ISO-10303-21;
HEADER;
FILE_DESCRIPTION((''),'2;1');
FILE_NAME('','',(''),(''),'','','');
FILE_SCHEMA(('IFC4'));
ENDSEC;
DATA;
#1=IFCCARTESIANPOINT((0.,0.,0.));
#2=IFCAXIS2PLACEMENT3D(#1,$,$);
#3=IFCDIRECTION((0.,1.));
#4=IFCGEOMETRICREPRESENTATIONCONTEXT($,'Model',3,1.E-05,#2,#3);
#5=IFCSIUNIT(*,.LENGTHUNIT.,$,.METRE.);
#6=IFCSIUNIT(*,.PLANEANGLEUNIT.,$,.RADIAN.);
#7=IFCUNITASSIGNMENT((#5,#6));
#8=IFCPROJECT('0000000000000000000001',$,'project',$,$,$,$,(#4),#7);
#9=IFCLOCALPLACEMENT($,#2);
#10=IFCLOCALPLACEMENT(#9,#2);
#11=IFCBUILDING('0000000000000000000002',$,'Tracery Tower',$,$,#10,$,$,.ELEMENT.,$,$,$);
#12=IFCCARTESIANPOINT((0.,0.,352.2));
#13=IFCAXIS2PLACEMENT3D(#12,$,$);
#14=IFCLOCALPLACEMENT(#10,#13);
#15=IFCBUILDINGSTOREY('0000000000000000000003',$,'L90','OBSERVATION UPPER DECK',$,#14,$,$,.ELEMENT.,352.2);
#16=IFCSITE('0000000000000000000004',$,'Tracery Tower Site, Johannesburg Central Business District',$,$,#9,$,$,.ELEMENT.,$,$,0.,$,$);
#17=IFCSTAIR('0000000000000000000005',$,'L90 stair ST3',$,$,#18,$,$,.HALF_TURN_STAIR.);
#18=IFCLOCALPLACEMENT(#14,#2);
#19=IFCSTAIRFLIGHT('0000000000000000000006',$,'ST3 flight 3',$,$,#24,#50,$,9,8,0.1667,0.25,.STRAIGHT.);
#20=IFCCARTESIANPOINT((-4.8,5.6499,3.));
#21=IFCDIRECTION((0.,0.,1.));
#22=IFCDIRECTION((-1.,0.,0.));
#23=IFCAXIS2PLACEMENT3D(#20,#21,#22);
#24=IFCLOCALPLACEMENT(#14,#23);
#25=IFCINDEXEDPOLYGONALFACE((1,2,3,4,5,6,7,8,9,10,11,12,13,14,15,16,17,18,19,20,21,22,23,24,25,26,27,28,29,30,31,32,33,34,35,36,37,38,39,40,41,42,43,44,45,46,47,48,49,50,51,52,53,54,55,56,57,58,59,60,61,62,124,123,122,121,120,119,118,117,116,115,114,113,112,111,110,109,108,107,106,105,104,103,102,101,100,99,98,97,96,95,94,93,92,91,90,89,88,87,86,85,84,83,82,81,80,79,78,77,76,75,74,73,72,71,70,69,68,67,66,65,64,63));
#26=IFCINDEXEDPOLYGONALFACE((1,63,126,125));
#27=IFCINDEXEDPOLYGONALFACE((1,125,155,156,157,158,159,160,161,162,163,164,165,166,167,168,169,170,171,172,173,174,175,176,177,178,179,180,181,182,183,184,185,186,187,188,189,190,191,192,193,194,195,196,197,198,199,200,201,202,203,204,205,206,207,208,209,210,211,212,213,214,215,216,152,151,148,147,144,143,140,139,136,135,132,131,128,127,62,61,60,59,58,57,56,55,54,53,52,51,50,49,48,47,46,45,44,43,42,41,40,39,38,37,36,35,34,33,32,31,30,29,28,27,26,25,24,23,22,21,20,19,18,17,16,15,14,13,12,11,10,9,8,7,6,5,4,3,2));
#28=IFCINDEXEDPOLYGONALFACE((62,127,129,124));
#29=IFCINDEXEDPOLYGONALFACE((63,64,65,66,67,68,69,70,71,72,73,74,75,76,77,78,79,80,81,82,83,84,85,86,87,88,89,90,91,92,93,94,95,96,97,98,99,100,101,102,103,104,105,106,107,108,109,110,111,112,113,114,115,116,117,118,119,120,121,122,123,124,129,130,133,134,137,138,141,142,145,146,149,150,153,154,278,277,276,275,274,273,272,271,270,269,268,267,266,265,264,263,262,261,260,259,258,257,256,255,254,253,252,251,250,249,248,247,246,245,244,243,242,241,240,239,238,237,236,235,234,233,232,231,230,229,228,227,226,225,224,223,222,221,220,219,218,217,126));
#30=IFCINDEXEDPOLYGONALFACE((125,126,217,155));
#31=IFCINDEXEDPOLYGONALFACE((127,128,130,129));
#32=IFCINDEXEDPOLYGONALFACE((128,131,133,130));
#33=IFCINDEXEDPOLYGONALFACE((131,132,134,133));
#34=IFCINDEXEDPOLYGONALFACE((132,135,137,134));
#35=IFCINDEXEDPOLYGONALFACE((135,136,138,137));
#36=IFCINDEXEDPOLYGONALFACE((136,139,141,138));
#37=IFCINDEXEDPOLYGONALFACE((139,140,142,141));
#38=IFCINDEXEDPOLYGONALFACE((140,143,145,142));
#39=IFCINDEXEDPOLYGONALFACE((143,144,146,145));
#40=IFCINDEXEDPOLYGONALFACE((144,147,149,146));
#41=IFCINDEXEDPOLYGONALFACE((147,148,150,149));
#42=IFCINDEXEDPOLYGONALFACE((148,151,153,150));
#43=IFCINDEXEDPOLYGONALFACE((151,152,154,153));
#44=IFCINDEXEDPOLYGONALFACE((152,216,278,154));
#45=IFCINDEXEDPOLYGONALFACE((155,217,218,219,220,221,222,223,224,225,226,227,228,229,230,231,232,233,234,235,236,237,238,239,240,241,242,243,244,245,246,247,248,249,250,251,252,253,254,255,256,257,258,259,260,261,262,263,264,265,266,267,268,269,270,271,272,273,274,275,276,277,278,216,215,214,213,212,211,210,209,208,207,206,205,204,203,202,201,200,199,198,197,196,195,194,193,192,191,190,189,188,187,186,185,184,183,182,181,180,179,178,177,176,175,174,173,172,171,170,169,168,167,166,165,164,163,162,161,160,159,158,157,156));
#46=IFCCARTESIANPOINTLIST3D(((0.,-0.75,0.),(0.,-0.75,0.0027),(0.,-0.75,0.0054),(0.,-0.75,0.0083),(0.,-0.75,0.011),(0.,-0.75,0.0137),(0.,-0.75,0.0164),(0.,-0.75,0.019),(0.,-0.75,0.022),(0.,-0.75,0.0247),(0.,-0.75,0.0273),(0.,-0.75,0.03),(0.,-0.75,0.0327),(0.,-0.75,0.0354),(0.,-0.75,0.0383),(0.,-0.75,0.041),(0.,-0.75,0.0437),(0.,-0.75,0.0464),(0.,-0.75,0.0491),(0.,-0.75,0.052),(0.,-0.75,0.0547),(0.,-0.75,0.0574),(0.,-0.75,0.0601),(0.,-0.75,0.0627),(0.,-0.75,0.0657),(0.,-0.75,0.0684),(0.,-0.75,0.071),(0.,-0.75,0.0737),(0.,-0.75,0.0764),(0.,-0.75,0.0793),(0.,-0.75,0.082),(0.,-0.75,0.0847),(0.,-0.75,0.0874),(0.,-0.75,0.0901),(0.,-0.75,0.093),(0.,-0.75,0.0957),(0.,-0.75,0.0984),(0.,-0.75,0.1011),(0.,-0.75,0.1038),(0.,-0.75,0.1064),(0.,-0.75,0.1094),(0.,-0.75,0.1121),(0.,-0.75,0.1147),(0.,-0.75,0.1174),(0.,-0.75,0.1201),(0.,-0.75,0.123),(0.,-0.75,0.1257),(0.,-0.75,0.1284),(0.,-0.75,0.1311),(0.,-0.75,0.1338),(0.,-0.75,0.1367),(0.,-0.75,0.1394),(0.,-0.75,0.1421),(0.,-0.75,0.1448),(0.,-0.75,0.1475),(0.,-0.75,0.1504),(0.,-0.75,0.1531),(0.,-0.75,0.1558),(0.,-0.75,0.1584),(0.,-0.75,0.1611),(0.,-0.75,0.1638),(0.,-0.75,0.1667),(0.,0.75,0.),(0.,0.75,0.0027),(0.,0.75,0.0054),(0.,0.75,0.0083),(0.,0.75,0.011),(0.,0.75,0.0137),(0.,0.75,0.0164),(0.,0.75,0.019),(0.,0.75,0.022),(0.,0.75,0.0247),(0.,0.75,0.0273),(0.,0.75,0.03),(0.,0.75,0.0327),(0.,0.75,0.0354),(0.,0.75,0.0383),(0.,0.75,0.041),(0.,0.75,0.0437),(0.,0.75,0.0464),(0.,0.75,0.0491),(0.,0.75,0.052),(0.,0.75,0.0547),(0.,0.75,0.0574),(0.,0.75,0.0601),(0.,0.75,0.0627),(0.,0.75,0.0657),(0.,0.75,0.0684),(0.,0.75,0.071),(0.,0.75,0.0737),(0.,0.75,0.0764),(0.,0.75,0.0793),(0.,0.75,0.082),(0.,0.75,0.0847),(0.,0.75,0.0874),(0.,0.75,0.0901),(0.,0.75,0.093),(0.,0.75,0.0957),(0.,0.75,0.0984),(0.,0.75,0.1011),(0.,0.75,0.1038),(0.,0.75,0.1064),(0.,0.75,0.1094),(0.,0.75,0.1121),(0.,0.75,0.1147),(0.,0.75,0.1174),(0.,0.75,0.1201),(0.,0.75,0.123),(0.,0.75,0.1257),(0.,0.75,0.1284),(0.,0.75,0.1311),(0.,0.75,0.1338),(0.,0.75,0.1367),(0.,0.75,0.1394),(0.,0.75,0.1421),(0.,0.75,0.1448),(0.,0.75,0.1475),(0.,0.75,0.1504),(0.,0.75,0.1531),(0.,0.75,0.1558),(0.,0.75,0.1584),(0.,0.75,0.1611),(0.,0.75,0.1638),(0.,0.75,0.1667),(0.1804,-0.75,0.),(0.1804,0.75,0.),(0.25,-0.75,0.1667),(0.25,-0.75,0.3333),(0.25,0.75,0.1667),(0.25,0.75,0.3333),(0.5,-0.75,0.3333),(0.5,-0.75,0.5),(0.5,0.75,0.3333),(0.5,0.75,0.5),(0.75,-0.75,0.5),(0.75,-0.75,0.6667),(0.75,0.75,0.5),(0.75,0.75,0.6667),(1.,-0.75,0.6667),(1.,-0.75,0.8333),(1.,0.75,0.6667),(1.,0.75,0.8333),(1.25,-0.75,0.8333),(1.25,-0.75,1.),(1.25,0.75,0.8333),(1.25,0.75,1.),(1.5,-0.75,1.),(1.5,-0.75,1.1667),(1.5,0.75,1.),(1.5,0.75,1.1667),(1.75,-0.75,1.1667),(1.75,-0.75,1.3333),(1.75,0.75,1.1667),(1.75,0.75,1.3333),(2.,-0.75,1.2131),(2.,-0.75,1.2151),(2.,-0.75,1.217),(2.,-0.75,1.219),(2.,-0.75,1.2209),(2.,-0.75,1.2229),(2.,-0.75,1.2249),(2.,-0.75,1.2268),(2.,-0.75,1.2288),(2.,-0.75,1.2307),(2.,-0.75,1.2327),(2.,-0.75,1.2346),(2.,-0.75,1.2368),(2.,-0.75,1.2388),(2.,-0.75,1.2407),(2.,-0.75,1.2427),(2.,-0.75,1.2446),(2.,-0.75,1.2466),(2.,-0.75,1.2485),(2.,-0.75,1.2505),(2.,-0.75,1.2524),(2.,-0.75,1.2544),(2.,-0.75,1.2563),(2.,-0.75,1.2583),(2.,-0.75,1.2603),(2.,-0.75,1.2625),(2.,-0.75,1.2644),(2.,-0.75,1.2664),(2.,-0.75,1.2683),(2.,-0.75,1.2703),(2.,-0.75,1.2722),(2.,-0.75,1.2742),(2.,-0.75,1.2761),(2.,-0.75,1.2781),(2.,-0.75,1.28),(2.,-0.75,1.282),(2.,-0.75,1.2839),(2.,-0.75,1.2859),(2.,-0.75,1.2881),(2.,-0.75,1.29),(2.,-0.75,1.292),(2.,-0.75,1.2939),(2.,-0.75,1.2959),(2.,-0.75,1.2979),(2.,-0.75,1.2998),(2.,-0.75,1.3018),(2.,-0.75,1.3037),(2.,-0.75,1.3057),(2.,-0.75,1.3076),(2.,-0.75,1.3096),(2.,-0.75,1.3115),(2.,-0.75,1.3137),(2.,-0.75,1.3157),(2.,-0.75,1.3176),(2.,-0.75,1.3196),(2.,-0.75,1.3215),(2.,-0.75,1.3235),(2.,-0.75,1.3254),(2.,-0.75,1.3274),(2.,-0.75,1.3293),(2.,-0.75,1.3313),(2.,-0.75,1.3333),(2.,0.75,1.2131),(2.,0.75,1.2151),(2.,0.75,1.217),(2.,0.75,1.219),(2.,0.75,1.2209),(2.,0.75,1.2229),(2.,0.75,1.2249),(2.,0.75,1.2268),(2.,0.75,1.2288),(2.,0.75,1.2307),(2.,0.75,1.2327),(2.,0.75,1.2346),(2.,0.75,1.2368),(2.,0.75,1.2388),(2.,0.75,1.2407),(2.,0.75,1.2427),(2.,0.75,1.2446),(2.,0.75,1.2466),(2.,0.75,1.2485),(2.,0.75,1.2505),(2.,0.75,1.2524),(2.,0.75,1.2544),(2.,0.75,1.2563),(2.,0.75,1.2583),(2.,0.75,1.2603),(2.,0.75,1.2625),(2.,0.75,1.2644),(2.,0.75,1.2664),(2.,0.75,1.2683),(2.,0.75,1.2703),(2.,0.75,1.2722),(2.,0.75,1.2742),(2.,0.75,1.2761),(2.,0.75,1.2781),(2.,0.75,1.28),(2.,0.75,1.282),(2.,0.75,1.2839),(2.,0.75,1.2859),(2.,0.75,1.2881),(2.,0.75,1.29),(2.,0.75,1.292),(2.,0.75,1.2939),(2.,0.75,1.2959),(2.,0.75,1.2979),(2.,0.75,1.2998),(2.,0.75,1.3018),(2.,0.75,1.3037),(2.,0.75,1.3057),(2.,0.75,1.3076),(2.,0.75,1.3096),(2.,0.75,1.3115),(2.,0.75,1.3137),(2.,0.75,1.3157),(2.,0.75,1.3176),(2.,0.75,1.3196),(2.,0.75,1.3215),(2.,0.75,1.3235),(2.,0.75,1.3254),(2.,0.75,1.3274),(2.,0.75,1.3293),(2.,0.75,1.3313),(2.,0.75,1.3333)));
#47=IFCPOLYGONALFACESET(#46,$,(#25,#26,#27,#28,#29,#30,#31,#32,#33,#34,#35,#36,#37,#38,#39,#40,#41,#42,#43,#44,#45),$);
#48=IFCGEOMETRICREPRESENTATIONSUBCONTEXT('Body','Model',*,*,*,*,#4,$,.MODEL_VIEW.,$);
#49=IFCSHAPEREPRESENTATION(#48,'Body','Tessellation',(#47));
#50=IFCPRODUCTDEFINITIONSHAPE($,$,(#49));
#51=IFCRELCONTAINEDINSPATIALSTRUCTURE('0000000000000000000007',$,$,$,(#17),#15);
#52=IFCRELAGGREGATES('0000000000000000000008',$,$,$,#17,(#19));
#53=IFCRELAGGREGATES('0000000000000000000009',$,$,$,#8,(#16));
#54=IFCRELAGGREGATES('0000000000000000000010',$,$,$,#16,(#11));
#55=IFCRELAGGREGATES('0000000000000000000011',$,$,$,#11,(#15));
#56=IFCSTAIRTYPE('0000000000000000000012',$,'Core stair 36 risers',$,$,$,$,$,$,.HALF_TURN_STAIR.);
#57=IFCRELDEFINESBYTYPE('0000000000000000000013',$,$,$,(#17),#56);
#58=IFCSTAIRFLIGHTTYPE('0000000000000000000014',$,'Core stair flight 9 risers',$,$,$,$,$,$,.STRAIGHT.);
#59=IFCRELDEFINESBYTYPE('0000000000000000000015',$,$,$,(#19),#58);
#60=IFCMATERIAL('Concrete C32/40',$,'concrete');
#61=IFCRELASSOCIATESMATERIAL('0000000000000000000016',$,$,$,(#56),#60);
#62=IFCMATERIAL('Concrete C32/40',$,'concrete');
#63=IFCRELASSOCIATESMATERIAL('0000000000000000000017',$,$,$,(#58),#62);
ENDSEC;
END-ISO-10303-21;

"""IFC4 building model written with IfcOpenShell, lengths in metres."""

from ifc_helpers import new_model, si_unit, direction, frame, origin, place, context, subcontext, project, spatial, polyline, outline, extrude, material, type_object, element, aggregate, save


model = new_model("IFC4")

# Units and contexts
model_context = context("Model", 3, precision=1e-05, world=origin(), true_north=direction((0.0, 1.0)))
body_context = subcontext(model_context, "Body", "Model", "MODEL_VIEW")
ifc_project = project(units=[si_unit("LENGTHUNIT", "METRE"), si_unit("PLANEANGLEUNIT", "RADIAN")], contexts=[model_context])

# Site, building, storey
site_placement = place(None, origin())
site = spatial("IfcSite", under=ifc_project, at=site_placement, Name="Tracery Tower Site, Johannesburg Central Business District", CompositionType="ELEMENT", RefElevation=0.0)
building_placement = place(site_placement, origin())
building = spatial("IfcBuilding", under=site, at=building_placement, Name="Tracery Tower", CompositionType="ELEMENT")
storey_placement = place(building_placement, frame((0.0, 0.0, 352.2)))
storey = spatial("IfcBuildingStorey", under=building, at=storey_placement, Name="L90", Description="OBSERVATION UPPER DECK", CompositionType="ELEMENT", Elevation=352.2)

# Shared definitions
ifc_material_1 = material(Name="Concrete C32/40", Category="concrete")
stair_type = type_object("IfcStairType", Name="Core stair 36 risers", PredefinedType="HALF_TURN_STAIR", material=ifc_material_1)

# Stair, stair flight
stair_1_placement = place(storey_placement, origin())
stair_1 = element("IfcStair", 1, at=stair_1_placement, inside=storey, type_object=stair_type, Name="L90 stair ST3", PredefinedType="HALF_TURN_STAIR")
ifc_material_2 = material(Name="Concrete C32/40", Category="concrete")
stair_flight_type = type_object("IfcStairFlightType", Name="Core stair flight 9 risers", PredefinedType="STRAIGHT", material=ifc_material_2)
stair_flight_1_placement = place(storey_placement, frame((-4.8, 5.6499, 3.0), z_axis=(0.0, 0.0, 1.0), x_axis=(-1.0, 0.0, 0.0)))
stair_flight_1 = element("IfcStairFlight", 2, at=stair_flight_1_placement, type_object=stair_flight_type, Name="ST3 flight 3", NumberOfRisers=9, NumberOfTreads=8, PredefinedType="STRAIGHT", RiserHeight=0.1667, TreadLength=0.25, context=body_context, shape_type="SweptSolid", body=[
    extrude(outline(polyline([(0.0, 0.0), (0.0, 0.0027), (0.0, 0.0054), (0.0, 0.0083), (0.0, 0.011), (0.0, 0.0137), (0.0, 0.0164), (0.0, 0.019), (0.0, 0.022), (0.0, 0.0247), (0.0, 0.0273), (0.0, 0.03), (0.0, 0.0327), (0.0, 0.0354), (0.0, 0.0383), (0.0, 0.041), (0.0, 0.0437), (0.0, 0.0464), (0.0, 0.0491), (0.0, 0.052), (0.0, 0.0547), (0.0, 0.0574), (0.0, 0.0601), (0.0, 0.0627), (0.0, 0.0657), (0.0, 0.0684), (0.0, 0.071), (0.0, 0.0737), (0.0, 0.0764), (0.0, 0.0793), (0.0, 0.082), (0.0, 0.0847), (0.0, 0.0874), (0.0, 0.0901), (0.0, 0.093), (0.0, 0.0957), (0.0, 0.0984), (0.0, 0.1011), (0.0, 0.1038), (0.0, 0.1064), (0.0, 0.1094), (0.0, 0.1121), (0.0, 0.1147), (0.0, 0.1174), (0.0, 0.1201), (0.0, 0.123), (0.0, 0.1257), (0.0, 0.1284), (0.0, 0.1311), (0.0, 0.1338), (0.0, 0.1367), (0.0, 0.1394), (0.0, 0.1421), (0.0, 0.1448), (0.0, 0.1475), (0.0, 0.1504), (0.0, 0.1531), (0.0, 0.1558), (0.0, 0.1584), (0.0, 0.1611), (0.0, 0.1638), (0.0, 0.1667), (0.25, 0.1667), (0.25, 0.3333), (0.5, 0.3333), (0.5, 0.5), (0.75, 0.5), (0.75, 0.6667), (1.0, 0.6667), (1.0, 0.8333), (1.25, 0.8333), (1.25, 1.0), (1.5, 1.0), (1.5, 1.1667), (1.75, 1.1667), (1.75, 1.3333), (2.0, 1.3333), (2.0, 1.3313), (2.0, 1.3293), (2.0, 1.3274), (2.0, 1.3254), (2.0, 1.3235), (2.0, 1.3215), (2.0, 1.3196), (2.0, 1.3176), (2.0, 1.3157), (2.0, 1.3137), (2.0, 1.3115), (2.0, 1.3096), (2.0, 1.3076), (2.0, 1.3057), (2.0, 1.3037), (2.0, 1.3018), (2.0, 1.2998), (2.0, 1.2979), (2.0, 1.2959), (2.0, 1.2939), (2.0, 1.292), (2.0, 1.29), (2.0, 1.2881), (2.0, 1.2859), (2.0, 1.2839), (2.0, 1.282), (2.0, 1.28), (2.0, 1.2781), (2.0, 1.2761), (2.0, 1.2742), (2.0, 1.2722), (2.0, 1.2703), (2.0, 1.2683), (2.0, 1.2664), (2.0, 1.2644), (2.0, 1.2625), (2.0, 1.2603), (2.0, 1.2583), (2.0, 1.2563), (2.0, 1.2544), (2.0, 1.2524), (2.0, 1.2505), (2.0, 1.2485), (2.0, 1.2466), (2.0, 1.2446), (2.0, 1.2427), (2.0, 1.2407), (2.0, 1.2388), (2.0, 1.2368), (2.0, 1.2346), (2.0, 1.2327), (2.0, 1.2307), (2.0, 1.2288), (2.0, 1.2268), (2.0, 1.2249), (2.0, 1.2229), (2.0, 1.2209), (2.0, 1.219), (2.0, 1.217), (2.0, 1.2151), (2.0, 1.2131), (0.1804, 0.0), (0.0, 0.0)])), frame((0.0, 0.75, 0.0), z_axis=(0.0, -1.0, 0.0), x_axis=(1.0, 0.0, 0.0)), (0.0, 0.0, 1.0), 1.5),
])
aggregate(stair_1, [stair_flight_1])

save(model, "model.ifc")
